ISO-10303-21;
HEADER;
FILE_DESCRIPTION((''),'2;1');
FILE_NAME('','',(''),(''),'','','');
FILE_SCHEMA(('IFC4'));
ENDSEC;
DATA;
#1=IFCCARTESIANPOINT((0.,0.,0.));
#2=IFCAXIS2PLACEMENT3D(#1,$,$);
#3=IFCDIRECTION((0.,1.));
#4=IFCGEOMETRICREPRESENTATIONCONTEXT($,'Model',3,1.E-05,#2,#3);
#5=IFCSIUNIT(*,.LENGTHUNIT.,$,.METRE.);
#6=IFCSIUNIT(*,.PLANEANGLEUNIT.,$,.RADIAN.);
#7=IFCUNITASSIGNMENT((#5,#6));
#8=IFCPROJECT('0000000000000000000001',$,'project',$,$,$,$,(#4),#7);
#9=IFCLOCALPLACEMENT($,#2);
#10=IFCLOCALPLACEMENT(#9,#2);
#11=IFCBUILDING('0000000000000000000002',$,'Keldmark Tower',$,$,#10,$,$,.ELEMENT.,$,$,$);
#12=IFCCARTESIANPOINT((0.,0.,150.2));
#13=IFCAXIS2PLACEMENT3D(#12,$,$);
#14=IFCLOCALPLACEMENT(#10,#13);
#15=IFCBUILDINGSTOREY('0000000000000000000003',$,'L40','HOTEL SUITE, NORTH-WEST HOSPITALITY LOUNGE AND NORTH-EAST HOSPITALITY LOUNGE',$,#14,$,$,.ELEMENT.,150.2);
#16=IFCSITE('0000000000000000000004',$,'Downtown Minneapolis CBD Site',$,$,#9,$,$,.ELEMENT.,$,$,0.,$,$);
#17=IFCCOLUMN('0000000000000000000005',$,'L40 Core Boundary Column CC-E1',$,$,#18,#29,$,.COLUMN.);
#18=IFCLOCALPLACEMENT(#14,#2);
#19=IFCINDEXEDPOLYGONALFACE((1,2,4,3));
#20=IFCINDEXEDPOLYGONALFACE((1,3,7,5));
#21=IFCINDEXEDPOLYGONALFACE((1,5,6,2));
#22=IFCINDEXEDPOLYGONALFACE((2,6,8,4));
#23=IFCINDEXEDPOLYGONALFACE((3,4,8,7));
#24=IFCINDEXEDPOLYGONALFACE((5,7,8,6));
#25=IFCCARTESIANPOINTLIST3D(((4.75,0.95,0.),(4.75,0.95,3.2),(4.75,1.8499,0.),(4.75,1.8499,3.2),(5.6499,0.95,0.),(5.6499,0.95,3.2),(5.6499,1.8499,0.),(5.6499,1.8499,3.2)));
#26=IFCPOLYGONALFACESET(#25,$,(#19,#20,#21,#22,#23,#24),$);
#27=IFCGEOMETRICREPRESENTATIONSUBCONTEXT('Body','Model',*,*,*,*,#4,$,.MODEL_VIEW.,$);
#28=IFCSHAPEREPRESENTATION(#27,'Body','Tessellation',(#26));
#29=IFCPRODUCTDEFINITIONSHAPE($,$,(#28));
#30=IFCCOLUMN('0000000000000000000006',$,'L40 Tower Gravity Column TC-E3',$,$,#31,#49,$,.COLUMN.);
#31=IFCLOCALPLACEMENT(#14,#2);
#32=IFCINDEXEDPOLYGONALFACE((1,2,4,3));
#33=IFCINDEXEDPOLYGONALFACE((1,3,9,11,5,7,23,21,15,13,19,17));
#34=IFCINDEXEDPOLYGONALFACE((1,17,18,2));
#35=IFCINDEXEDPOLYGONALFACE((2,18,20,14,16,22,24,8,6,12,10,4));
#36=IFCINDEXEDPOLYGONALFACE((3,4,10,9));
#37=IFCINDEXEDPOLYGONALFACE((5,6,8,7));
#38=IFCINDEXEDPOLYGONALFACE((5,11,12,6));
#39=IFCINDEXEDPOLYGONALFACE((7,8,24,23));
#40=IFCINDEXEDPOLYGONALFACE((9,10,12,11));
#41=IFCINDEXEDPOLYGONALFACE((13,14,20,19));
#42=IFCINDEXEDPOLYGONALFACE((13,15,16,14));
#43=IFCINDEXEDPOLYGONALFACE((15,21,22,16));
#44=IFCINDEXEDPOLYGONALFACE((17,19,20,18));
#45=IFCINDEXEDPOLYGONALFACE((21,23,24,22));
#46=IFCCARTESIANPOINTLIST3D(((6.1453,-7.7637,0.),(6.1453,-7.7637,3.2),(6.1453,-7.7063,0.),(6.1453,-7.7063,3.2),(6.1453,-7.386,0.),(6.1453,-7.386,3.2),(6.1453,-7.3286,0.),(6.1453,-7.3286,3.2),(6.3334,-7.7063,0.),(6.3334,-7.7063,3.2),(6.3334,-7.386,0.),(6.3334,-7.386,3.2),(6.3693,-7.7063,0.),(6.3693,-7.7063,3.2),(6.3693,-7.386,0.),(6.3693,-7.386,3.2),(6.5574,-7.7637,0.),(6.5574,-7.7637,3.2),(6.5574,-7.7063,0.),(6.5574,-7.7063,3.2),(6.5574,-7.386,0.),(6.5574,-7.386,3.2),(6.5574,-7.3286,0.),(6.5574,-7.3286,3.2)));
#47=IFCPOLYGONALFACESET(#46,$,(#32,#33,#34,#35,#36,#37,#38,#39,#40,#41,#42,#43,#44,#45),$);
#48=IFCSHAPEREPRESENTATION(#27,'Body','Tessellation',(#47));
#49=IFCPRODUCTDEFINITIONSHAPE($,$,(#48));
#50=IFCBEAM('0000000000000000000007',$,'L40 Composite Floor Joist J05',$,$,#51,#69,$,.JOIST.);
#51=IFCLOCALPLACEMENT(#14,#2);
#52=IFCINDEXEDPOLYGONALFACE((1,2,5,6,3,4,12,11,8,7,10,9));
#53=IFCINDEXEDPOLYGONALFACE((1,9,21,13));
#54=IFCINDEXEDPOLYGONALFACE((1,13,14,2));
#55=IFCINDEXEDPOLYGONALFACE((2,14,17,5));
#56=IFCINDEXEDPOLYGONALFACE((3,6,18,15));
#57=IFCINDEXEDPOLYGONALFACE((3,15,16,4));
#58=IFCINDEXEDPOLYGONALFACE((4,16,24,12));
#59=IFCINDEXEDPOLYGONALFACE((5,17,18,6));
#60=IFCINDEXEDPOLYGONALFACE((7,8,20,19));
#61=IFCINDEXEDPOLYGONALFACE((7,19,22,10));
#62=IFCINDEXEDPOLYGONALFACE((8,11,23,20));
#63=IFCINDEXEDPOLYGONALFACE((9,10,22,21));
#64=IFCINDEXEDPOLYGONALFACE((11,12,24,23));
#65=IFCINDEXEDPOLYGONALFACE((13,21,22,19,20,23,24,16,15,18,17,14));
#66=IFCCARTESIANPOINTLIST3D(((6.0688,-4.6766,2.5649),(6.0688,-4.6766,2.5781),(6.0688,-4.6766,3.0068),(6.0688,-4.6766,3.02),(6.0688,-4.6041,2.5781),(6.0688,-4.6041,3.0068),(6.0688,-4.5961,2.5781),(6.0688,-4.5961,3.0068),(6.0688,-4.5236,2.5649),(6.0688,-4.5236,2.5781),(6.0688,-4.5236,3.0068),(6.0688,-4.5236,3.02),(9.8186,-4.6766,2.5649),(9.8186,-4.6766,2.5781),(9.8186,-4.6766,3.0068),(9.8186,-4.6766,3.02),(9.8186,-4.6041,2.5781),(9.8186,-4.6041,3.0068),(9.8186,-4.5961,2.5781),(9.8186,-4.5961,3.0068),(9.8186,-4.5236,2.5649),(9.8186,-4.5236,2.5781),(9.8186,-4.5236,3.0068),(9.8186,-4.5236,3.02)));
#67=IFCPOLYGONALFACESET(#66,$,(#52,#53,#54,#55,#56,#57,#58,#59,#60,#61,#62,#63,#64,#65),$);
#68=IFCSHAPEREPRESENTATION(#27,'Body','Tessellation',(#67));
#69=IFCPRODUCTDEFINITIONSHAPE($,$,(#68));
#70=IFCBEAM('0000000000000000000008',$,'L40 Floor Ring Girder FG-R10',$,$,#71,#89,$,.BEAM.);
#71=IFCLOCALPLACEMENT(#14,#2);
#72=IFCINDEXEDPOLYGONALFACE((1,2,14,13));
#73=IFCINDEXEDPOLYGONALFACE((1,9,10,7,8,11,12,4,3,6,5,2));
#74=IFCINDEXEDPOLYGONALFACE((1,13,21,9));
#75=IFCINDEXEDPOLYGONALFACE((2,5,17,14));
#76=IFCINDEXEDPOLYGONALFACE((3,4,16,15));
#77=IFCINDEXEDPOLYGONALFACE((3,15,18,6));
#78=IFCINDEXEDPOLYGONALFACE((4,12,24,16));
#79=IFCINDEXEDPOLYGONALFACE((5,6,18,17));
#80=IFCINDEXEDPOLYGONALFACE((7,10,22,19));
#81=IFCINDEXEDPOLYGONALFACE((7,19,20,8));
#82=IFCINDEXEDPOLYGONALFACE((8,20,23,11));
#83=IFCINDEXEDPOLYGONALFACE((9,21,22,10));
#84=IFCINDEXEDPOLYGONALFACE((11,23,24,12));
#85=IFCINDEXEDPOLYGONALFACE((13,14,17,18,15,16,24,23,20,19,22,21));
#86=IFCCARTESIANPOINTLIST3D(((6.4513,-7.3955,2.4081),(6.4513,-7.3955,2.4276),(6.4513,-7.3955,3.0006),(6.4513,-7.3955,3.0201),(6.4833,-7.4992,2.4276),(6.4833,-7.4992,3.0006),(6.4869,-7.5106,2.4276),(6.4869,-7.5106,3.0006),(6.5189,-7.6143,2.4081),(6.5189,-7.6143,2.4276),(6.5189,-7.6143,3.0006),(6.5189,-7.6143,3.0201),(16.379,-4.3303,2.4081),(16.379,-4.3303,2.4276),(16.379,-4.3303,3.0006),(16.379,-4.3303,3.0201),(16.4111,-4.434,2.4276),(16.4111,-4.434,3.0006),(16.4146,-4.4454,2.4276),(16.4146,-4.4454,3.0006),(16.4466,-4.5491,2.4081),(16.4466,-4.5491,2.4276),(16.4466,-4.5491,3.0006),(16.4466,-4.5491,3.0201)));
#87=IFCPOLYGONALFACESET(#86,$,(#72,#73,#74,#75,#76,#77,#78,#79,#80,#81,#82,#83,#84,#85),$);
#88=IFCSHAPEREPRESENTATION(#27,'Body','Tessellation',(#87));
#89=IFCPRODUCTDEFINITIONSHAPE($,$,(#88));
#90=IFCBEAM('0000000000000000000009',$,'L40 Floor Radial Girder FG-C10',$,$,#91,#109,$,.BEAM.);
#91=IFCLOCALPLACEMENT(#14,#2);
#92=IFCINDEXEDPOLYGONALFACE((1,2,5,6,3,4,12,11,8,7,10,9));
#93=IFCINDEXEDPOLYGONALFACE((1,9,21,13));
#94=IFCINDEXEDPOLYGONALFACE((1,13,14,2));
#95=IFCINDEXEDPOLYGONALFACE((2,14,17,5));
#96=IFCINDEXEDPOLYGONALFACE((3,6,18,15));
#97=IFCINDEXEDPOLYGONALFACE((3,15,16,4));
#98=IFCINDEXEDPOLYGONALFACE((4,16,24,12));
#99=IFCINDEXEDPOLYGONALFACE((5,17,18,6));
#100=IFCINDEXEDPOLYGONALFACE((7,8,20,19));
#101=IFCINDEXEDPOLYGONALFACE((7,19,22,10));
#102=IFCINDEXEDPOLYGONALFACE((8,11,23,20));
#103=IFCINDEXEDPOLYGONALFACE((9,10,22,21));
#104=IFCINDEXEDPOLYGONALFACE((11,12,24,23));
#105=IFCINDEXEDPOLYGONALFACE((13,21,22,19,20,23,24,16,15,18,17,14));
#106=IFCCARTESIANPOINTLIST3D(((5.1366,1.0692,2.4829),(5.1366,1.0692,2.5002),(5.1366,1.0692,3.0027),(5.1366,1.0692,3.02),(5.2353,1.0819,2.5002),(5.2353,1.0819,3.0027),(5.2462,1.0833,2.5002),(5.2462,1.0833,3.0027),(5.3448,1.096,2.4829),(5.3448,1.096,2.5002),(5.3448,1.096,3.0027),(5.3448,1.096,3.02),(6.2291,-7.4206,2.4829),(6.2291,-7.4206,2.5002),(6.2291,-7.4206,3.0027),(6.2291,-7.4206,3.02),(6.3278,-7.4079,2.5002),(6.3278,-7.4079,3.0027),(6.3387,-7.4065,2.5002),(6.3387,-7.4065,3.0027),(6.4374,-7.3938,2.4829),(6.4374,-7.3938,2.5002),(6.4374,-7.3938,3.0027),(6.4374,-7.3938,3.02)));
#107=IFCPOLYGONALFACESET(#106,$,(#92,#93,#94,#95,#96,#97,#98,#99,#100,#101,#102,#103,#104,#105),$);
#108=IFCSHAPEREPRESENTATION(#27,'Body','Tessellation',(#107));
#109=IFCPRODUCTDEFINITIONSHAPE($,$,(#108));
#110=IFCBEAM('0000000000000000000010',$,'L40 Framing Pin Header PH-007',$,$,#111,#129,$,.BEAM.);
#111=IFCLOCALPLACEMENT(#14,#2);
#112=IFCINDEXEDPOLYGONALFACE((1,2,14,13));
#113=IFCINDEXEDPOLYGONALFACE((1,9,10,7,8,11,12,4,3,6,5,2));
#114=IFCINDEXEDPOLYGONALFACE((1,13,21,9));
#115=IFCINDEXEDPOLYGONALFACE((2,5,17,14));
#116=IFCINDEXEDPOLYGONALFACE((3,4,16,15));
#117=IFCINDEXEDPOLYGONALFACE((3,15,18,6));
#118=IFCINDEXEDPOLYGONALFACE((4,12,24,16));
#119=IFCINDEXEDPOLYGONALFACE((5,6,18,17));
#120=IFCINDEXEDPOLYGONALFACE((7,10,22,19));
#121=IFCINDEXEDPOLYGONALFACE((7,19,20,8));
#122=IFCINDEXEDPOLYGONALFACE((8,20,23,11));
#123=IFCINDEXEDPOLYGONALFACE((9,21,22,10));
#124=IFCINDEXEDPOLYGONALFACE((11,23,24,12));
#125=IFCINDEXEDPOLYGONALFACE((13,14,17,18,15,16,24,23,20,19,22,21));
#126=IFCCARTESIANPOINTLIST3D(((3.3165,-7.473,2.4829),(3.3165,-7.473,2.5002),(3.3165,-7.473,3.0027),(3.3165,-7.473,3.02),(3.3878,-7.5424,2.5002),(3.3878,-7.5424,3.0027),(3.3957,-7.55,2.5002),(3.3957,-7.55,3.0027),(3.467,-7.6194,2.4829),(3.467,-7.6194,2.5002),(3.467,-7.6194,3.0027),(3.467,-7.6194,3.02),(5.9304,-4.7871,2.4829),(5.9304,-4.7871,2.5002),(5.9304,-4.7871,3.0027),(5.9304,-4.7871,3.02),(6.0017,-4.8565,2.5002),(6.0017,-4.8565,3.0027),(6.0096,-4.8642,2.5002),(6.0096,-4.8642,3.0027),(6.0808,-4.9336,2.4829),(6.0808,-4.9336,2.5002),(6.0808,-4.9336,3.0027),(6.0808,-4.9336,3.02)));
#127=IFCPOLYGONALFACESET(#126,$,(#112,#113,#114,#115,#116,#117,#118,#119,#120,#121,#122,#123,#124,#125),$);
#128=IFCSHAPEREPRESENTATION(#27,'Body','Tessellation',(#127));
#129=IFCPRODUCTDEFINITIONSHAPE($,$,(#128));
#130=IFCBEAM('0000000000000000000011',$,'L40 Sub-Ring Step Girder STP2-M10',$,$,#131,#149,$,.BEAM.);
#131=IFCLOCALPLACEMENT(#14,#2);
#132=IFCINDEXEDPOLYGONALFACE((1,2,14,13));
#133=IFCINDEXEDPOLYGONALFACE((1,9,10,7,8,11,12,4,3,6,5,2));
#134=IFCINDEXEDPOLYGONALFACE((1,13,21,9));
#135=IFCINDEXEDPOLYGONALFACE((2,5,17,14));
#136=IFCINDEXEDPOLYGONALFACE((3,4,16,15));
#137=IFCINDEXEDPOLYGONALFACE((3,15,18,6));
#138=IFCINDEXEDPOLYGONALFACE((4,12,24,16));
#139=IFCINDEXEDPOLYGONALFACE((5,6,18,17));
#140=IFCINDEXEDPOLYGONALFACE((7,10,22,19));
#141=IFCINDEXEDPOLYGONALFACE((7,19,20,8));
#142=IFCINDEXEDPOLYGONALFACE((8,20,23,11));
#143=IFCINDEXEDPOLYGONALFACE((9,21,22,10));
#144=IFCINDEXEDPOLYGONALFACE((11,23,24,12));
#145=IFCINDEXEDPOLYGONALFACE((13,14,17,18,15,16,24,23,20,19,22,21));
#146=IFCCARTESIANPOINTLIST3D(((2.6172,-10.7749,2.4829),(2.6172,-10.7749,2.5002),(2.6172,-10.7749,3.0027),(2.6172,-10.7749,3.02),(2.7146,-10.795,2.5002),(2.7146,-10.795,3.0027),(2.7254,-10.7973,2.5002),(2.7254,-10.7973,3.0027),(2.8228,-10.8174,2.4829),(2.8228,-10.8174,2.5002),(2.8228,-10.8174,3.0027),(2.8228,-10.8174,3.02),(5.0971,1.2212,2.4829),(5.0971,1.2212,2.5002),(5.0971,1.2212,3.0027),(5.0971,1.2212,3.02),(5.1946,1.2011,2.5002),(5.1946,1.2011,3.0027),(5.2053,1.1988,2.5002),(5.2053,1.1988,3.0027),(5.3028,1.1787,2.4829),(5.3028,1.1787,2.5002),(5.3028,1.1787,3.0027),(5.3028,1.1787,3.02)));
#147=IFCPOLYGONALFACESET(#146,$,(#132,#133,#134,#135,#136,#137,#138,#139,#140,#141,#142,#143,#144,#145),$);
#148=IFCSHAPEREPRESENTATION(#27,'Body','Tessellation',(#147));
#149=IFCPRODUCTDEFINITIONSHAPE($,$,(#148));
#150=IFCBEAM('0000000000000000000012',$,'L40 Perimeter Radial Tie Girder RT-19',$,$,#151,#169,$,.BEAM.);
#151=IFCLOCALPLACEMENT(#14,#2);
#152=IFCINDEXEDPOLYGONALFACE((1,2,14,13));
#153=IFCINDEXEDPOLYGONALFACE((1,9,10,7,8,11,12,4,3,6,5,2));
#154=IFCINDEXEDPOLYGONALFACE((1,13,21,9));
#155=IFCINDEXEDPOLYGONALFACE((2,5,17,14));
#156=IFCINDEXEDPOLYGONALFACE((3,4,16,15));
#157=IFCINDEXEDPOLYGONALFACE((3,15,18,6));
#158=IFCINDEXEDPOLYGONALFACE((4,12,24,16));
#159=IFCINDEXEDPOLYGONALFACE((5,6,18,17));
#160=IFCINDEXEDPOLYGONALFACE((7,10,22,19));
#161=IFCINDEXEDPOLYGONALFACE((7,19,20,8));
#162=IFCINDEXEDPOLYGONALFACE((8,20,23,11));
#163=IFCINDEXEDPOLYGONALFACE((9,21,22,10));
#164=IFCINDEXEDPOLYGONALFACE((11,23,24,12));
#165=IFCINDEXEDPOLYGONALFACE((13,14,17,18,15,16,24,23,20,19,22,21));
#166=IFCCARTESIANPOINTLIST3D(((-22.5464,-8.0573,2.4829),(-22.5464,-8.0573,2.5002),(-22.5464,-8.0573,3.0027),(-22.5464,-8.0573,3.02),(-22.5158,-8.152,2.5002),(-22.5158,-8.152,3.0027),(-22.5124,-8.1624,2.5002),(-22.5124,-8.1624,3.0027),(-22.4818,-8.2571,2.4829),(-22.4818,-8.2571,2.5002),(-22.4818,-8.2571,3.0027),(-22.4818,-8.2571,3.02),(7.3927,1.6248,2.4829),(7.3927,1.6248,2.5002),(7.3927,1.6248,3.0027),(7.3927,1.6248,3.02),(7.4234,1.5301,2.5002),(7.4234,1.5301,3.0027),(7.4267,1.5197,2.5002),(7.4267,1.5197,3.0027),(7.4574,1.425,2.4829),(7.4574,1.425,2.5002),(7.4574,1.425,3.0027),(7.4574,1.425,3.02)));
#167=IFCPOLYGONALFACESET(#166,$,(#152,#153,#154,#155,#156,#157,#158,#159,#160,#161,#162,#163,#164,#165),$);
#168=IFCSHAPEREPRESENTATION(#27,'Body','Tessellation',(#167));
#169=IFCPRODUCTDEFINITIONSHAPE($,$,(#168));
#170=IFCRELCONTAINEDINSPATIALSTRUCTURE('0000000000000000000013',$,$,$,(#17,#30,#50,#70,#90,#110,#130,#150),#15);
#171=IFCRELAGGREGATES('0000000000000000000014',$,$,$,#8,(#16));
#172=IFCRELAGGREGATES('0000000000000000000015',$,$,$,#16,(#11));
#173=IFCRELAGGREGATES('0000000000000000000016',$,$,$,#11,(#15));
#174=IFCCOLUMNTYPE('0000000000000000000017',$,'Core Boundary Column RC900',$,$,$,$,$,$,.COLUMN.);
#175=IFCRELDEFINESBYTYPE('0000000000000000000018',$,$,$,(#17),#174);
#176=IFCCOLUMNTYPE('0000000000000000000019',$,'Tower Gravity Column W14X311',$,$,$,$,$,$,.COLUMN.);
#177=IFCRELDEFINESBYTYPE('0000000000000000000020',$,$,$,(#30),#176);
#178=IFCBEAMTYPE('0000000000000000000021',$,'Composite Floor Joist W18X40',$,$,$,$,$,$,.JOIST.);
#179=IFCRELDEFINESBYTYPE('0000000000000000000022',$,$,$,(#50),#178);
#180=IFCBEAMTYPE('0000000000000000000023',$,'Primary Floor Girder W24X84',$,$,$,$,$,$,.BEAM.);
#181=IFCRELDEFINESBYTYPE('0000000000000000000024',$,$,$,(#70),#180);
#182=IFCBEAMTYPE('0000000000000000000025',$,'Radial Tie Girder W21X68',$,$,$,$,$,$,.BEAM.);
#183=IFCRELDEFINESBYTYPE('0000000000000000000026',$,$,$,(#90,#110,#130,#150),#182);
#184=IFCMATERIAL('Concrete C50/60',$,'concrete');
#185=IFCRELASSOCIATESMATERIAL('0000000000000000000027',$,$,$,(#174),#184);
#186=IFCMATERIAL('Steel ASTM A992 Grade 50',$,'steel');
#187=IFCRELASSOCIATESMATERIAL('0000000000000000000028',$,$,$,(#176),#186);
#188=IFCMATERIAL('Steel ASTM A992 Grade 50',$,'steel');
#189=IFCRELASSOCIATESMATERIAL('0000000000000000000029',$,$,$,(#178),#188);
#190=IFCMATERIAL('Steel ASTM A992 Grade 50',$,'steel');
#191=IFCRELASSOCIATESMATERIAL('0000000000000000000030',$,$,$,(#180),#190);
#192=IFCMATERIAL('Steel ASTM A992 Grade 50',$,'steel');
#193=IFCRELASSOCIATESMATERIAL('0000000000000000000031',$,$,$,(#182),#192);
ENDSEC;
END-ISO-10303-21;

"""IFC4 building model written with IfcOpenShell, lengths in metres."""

from ifc_helpers import new_model, si_unit, direction, frame, origin, origin_2d, place, context, subcontext, project, spatial, rectangle, i_section, extrude, material, material_profile, profile_set, type_object, element, save


model = new_model("IFC4")

# Units and contexts
model_context = context("Model", 3, precision=1e-05, world=origin(), true_north=direction((0.0, 1.0)))
body_context = subcontext(model_context, "Body", "Model", "MODEL_VIEW")
ifc_project = project(units=[si_unit("LENGTHUNIT", "METRE"), si_unit("PLANEANGLEUNIT", "RADIAN")], contexts=[model_context])

# Site, building, storey
site_placement = place(None, origin())
site = spatial("IfcSite", under=ifc_project, at=site_placement, Name="Downtown Minneapolis CBD Site", CompositionType="ELEMENT", RefElevation=0.0)
building_placement = place(site_placement, origin())
building = spatial("IfcBuilding", under=site, at=building_placement, Name="Keldmark Tower", CompositionType="ELEMENT")
storey_placement = place(building_placement, frame((0.0, 0.0, 150.2)))
storey = spatial("IfcBuildingStorey", under=building, at=storey_placement, Name="L40", Description="HOTEL SUITE, NORTH-WEST HOSPITALITY LOUNGE AND NORTH-EAST HOSPITALITY LOUNGE", CompositionType="ELEMENT", Elevation=150.2)

# Columns
ifc_material_1 = material(Name="Concrete C50/60", Category="concrete")
ifc_material_profile_1 = material_profile(ifc_material_1, rectangle(XDim=0.8999, YDim=0.8999, at=origin_2d()), Name="RC900X900")
ifc_profile_set_1 = profile_set([ifc_material_profile_1], Name="Concrete C50/60")
column_type_1 = type_object("IfcColumnType", Name="Core Boundary Column RC900", PredefinedType="COLUMN", material=ifc_profile_set_1)
column_1_placement = place(storey_placement, frame((5.2, 1.3999, 0.0), z_axis=(0.0, 0.0, 1.0), x_axis=(1.0, 0.0, 0.0)))
element("IfcColumn", 1, at=column_1_placement, inside=storey, type_object=column_type_1, Name="L40 Core Boundary Column CC-E1", PredefinedType="COLUMN", context=body_context, shape_type="SweptSolid", body=[
    extrude(rectangle(XDim=0.8999, YDim=0.8999, at=origin_2d()), origin(), (0.0, 0.0, 1.0), 3.2),
])
ifc_material_2 = material(Name="Steel ASTM A992 Grade 50", Category="steel")
ifc_material_profile_2 = material_profile(ifc_material_2, i_section(OverallWidth=0.4121, OverallDepth=0.4351, WebThickness=0.0359, FlangeThickness=0.0574, at=origin_2d()), Name="W14X311")
ifc_profile_set_2 = profile_set([ifc_material_profile_2], Name="Steel ASTM A992 Grade 50")
column_type_2 = type_object("IfcColumnType", Name="Tower Gravity Column W14X311", PredefinedType="COLUMN", material=ifc_profile_set_2)
column_2_placement = place(storey_placement, frame((6.3513, -7.5461, 0.0), z_axis=(0.0, 0.0, 1.0), x_axis=(1.0, 0.0, 0.0)))
element("IfcColumn", 2, at=column_2_placement, inside=storey, type_object=column_type_2, Name="L40 Tower Gravity Column TC-E3", PredefinedType="COLUMN", context=body_context, shape_type="SweptSolid", body=[
    extrude(i_section(OverallWidth=0.4121, OverallDepth=0.4351, WebThickness=0.0359, FlangeThickness=0.0574, at=origin_2d()), origin(), (0.0, 0.0, 1.0), 3.2),
])

# Beams
ifc_material_3 = material(Name="Steel ASTM A992 Grade 50", Category="steel")
ifc_material_profile_3 = material_profile(ifc_material_3, i_section(OverallWidth=0.1531, OverallDepth=0.4551, WebThickness=0.0081, FlangeThickness=0.0132, at=origin_2d()), Name="W18X40")
ifc_profile_set_3 = profile_set([ifc_material_profile_3], Name="Steel ASTM A992 Grade 50")
beam_type_1 = type_object("IfcBeamType", Name="Composite Floor Joist W18X40", PredefinedType="JOIST", material=ifc_profile_set_3)
beam_1_placement = place(storey_placement, frame((6.0688, -4.6001, 2.7925), z_axis=(1.0, 0.0, 0.0), x_axis=(0.0, 1.0, 0.0)))
element("IfcBeam", 3, at=beam_1_placement, inside=storey, type_object=beam_type_1, Name="L40 Composite Floor Joist J05", PredefinedType="JOIST", context=body_context, shape_type="SweptSolid", body=[
    extrude(i_section(OverallWidth=0.1531, OverallDepth=0.4551, WebThickness=0.0081, FlangeThickness=0.0132, at=origin_2d()), origin(), (0.0, 0.0, 1.0), 3.7498),
])
ifc_material_4 = material(Name="Steel ASTM A992 Grade 50", Category="steel")
ifc_material_profile_4 = material_profile(ifc_material_4, i_section(OverallWidth=0.229, OverallDepth=0.6121, WebThickness=0.012, FlangeThickness=0.0195, at=origin_2d()), Name="W24X84")
ifc_profile_set_4 = profile_set([ifc_material_profile_4], Name="Steel ASTM A992 Grade 50")
beam_type_2 = type_object("IfcBeamType", Name="Primary Floor Girder W24X84", PredefinedType="BEAM", material=ifc_profile_set_4)
beam_2_placement = place(storey_placement, frame((6.4851, -7.5049, 2.7141), z_axis=(0.955495, 0.295009, 0.0), x_axis=(-0.295009, 0.955495, 0.0)))
element("IfcBeam", 4, at=beam_2_placement, inside=storey, type_object=beam_type_2, Name="L40 Floor Ring Girder FG-R10", PredefinedType="BEAM", context=body_context, shape_type="SweptSolid", body=[
    extrude(i_section(OverallWidth=0.229, OverallDepth=0.6121, WebThickness=0.012, FlangeThickness=0.0195, at=origin_2d()), origin(), (0.0, 0.0, 1.0), 10.3901),
])
ifc_material_5 = material(Name="Steel ASTM A992 Grade 50", Category="steel")
ifc_material_profile_5 = material_profile(ifc_material_5, i_section(OverallWidth=0.21, OverallDepth=0.5371, WebThickness=0.011, FlangeThickness=0.0173, at=origin_2d()), Name="W21X68")
ifc_profile_set_5 = profile_set([ifc_material_profile_5], Name="Steel ASTM A992 Grade 50")
beam_type_3 = type_object("IfcBeamType", Name="Radial Tie Girder W21X68", PredefinedType="BEAM", material=ifc_profile_set_5)
beam_3_placement = place(storey_placement, frame((6.3333, -7.4072, 2.7515), z_axis=(-0.127636, 0.991821, 0.0), x_axis=(-0.991821, -0.127636, 0.0)))
element("IfcBeam", 5, at=beam_3_placement, inside=storey, type_object=beam_type_3, Name="L40 Floor Radial Girder FG-C10", PredefinedType="BEAM", context=body_context, shape_type="SweptSolid", body=[
    extrude(i_section(OverallWidth=0.21, OverallDepth=0.5371, WebThickness=0.011, FlangeThickness=0.0173, at=origin_2d()), origin(), (0.0, 0.0, 1.0), 8.5598),
])
beam_4_placement = place(storey_placement, frame((6.0056, -4.8604, 2.7515), z_axis=(-0.697433, -0.71665, 0.0), x_axis=(0.71665, -0.697433, 0.0)))
element("IfcBeam", 6, at=beam_4_placement, inside=storey, type_object=beam_type_3, Name="L40 Framing Pin Header PH-007", PredefinedType="BEAM", context=body_context, shape_type="SweptSolid", body=[
    extrude(i_section(OverallWidth=0.21, OverallDepth=0.5371, WebThickness=0.011, FlangeThickness=0.0173, at=origin_2d()), origin(), (0.0, 0.0, 1.0), 3.7478),
])
beam_5_placement = place(storey_placement, frame((5.2, 1.2, 2.7515), z_axis=(-0.202451, -0.979292, 0.0), x_axis=(0.979292, -0.202451, 0.0)))
element("IfcBeam", 7, at=beam_5_placement, inside=storey, type_object=beam_type_3, Name="L40 Sub-Ring Step Girder STP2-M10", PredefinedType="BEAM", context=body_context, shape_type="SweptSolid", body=[
    extrude(i_section(OverallWidth=0.21, OverallDepth=0.5371, WebThickness=0.011, FlangeThickness=0.0173, at=origin_2d()), origin(), (0.0, 0.0, 1.0), 12.2498),
])
beam_6_placement = place(storey_placement, frame((7.425, 1.5249, 2.7515), z_axis=(-0.951483, -0.307703, 0.0), x_axis=(0.307703, -0.951483, 0.0)))
element("IfcBeam", 8, at=beam_6_placement, inside=storey, type_object=beam_type_3, Name="L40 Perimeter Radial Tie Girder RT-19", PredefinedType="BEAM", context=body_context, shape_type="SweptSolid", body=[
    extrude(i_section(OverallWidth=0.21, OverallDepth=0.5371, WebThickness=0.011, FlangeThickness=0.0173, at=origin_2d()), origin(), (0.0, 0.0, 1.0), 31.4658),
])

save(model, "model.ifc")
